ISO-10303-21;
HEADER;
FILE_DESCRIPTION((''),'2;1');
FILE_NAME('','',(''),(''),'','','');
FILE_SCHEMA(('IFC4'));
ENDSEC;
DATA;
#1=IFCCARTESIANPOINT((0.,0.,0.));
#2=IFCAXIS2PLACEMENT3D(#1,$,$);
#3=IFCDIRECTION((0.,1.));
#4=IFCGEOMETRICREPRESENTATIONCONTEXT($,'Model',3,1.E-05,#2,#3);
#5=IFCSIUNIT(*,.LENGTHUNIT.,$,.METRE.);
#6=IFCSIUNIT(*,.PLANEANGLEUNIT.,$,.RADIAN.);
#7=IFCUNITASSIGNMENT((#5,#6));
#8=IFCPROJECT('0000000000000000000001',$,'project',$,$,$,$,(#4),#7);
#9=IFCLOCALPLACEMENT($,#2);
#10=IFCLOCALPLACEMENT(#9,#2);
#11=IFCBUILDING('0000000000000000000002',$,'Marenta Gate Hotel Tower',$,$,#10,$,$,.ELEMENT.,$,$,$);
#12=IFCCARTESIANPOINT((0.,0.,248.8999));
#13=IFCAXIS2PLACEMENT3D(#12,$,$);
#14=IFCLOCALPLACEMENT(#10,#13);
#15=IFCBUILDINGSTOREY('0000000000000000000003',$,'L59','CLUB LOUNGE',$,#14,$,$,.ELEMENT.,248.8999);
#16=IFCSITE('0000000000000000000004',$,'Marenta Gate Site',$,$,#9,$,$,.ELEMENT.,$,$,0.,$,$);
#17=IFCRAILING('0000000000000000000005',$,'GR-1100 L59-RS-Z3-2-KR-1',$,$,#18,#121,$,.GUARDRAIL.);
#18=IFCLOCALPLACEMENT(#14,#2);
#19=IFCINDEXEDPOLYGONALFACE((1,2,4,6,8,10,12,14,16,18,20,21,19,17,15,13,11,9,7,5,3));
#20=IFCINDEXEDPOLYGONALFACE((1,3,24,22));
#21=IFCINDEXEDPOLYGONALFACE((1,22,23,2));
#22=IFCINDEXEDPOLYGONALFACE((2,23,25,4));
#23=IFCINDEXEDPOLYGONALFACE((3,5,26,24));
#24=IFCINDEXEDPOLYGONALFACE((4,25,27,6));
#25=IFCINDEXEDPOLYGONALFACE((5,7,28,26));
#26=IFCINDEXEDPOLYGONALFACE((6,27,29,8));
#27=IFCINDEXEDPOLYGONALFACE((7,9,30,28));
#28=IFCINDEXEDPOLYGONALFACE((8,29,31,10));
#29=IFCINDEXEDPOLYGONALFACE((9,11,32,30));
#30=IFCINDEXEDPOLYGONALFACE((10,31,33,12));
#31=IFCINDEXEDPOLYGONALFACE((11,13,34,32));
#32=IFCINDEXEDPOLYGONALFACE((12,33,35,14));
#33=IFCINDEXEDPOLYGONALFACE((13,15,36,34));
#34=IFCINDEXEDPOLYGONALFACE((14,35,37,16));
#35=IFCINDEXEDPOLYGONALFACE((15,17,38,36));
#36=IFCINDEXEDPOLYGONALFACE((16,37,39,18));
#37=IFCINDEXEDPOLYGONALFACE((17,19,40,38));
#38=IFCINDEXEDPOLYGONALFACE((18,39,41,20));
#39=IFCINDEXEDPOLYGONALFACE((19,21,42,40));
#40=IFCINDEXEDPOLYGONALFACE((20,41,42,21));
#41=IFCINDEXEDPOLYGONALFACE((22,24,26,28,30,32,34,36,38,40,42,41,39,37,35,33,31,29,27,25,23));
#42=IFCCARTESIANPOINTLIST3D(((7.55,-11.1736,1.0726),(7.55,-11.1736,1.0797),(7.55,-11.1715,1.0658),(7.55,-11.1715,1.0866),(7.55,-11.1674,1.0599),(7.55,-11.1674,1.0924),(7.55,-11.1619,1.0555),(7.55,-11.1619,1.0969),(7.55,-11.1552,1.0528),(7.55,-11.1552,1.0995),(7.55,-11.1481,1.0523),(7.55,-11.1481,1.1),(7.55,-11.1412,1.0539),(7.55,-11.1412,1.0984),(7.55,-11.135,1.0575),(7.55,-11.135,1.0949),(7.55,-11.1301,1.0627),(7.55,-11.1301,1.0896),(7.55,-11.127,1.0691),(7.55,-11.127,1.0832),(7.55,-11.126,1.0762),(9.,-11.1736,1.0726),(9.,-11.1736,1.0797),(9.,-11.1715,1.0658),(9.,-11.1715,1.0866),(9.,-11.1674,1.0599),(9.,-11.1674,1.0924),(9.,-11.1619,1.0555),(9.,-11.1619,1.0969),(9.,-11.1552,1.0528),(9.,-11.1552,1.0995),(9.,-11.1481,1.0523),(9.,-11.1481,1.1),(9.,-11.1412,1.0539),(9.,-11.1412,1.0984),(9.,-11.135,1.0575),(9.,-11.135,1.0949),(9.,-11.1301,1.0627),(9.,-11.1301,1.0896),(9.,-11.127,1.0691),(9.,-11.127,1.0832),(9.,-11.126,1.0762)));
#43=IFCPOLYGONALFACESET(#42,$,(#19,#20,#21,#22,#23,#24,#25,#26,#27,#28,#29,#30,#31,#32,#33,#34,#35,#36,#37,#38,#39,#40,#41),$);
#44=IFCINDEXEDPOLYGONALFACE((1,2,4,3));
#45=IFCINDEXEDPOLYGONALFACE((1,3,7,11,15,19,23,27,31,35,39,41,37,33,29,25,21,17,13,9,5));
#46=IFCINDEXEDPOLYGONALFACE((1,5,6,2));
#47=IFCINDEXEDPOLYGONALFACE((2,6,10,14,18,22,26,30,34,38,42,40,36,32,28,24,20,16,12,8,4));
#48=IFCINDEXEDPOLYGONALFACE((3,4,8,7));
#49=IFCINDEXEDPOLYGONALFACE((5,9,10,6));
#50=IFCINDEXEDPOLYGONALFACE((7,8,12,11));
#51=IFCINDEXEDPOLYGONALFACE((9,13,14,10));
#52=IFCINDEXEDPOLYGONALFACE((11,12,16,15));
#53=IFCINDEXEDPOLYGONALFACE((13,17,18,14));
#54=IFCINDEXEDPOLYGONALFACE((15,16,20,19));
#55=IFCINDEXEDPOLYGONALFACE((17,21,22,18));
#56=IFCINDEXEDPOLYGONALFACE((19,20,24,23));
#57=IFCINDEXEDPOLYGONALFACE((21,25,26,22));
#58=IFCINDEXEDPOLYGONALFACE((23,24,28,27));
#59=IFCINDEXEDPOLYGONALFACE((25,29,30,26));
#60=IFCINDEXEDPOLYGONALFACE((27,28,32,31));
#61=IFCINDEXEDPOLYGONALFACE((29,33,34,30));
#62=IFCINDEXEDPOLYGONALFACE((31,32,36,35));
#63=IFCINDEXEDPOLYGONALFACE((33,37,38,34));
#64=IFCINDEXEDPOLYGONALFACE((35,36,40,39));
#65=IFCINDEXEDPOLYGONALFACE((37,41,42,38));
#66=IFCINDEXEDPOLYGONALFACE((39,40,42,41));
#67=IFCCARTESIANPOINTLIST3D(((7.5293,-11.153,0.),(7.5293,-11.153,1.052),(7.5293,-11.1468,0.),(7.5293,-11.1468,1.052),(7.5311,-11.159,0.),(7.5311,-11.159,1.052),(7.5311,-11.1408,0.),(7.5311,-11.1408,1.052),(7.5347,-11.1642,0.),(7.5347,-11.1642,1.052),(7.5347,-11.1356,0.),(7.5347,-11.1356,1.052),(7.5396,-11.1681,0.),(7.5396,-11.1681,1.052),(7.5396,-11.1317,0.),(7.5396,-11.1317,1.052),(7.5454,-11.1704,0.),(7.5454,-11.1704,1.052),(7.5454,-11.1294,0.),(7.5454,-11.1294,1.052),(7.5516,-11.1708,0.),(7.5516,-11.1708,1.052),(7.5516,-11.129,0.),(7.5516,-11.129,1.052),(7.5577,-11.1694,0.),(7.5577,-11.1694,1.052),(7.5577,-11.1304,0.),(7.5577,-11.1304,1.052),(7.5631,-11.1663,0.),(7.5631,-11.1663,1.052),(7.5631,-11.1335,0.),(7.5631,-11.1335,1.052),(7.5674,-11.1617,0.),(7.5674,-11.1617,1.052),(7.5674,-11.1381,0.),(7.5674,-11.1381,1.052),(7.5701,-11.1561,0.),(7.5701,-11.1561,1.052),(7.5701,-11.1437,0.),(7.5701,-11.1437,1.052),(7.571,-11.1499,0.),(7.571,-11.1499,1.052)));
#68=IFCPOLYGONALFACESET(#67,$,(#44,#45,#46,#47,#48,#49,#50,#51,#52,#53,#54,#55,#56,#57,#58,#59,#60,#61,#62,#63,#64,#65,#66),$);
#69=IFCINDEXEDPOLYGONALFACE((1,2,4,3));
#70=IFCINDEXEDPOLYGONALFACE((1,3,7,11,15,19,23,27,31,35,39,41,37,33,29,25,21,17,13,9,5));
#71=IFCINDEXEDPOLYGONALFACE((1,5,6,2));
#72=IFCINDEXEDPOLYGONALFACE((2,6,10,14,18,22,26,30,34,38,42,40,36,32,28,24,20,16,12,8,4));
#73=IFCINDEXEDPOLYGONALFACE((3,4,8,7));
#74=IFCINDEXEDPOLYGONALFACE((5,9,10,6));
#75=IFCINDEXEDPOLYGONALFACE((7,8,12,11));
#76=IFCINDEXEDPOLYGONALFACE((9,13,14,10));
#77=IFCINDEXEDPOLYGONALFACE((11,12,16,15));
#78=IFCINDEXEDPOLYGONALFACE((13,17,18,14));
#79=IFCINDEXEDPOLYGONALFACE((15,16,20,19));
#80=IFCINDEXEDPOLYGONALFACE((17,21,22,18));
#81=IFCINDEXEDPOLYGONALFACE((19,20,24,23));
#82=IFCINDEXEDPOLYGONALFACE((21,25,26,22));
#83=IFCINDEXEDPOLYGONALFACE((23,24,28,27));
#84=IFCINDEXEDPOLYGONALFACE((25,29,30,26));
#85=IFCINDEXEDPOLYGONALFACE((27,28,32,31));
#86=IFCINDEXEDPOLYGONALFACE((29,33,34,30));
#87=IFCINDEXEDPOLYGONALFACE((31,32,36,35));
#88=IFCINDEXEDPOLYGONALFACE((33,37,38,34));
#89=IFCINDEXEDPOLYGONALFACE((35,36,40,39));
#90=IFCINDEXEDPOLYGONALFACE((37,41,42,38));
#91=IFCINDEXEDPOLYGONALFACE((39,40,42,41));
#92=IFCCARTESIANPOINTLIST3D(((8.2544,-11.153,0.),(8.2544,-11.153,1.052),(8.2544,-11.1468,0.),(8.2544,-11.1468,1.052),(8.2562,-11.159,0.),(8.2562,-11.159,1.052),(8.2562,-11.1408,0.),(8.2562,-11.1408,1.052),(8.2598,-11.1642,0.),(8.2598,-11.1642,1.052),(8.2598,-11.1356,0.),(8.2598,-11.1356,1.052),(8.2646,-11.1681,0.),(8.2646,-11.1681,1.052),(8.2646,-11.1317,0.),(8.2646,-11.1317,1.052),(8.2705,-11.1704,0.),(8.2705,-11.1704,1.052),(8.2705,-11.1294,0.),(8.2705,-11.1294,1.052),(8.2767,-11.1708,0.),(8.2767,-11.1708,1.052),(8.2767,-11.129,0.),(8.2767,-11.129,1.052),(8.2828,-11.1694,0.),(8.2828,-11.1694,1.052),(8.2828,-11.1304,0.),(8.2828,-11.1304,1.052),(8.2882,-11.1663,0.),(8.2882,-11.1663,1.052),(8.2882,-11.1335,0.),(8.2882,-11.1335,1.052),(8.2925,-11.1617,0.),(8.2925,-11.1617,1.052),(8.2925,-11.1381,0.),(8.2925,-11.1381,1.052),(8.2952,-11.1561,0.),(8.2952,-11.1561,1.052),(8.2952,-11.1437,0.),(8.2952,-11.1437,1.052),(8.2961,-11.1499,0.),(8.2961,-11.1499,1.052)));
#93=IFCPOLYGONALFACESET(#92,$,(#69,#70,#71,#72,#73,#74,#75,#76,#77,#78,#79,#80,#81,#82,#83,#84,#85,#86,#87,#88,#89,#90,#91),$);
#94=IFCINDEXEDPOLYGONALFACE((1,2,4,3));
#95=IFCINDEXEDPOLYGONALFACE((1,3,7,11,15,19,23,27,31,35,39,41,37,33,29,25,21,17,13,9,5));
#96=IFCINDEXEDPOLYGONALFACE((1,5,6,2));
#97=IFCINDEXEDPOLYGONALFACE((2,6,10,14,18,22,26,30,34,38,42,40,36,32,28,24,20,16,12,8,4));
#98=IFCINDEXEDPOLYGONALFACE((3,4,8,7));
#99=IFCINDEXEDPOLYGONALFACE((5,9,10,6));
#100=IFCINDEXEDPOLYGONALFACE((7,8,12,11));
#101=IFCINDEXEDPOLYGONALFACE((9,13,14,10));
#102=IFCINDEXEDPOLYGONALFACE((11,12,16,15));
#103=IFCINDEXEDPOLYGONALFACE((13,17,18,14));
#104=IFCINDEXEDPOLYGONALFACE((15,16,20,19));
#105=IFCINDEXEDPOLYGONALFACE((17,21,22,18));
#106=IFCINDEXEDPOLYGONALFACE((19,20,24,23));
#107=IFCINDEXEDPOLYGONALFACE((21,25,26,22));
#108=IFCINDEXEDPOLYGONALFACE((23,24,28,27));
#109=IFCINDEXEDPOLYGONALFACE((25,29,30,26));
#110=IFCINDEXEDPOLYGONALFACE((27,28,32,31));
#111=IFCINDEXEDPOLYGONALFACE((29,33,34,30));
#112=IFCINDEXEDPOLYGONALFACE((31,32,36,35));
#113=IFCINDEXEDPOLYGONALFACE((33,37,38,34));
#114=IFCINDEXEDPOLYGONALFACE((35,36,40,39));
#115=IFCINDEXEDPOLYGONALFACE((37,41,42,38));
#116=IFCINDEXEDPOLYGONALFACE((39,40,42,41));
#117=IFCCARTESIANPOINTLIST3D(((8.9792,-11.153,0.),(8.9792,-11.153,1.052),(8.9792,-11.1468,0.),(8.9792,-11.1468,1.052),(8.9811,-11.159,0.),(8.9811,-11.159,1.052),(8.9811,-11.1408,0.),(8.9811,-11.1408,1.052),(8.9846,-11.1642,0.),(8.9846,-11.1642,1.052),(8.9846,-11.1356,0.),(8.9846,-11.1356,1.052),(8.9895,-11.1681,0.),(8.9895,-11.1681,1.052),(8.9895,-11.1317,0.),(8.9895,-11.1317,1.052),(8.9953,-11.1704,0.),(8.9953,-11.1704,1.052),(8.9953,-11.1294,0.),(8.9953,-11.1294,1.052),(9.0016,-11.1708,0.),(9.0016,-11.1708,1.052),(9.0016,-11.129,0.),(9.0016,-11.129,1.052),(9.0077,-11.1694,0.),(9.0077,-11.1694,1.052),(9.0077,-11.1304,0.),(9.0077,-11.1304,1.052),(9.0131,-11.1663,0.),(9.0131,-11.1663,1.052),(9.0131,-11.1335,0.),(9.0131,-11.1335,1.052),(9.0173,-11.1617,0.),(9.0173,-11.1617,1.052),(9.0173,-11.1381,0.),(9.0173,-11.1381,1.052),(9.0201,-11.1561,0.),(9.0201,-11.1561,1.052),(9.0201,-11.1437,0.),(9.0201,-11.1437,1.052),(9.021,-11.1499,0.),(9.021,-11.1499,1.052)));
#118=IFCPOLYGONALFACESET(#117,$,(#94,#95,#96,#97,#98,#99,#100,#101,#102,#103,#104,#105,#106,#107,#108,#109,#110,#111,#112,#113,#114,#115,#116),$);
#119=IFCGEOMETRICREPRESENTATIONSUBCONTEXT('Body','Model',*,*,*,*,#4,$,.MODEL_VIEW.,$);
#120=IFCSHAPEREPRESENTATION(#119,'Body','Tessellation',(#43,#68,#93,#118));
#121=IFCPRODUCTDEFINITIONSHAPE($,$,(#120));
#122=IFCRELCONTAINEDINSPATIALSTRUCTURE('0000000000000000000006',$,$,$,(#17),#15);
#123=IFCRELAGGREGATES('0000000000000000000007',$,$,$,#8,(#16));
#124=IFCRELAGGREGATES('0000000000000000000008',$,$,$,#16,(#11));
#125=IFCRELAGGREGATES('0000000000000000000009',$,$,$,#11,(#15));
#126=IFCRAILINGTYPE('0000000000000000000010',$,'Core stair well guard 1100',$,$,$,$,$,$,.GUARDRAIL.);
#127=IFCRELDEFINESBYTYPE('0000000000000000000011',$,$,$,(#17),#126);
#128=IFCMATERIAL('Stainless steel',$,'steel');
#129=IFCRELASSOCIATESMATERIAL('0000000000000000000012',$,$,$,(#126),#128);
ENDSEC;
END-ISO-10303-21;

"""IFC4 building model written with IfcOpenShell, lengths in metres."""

from ifc_helpers import new_model, si_unit, direction, frame, origin, origin_2d, place, context, subcontext, project, spatial, circle, extrude, material, type_object, element, save


model = new_model("IFC4")

# Units and contexts
model_context = context("Model", 3, precision=1e-05, world=origin(), true_north=direction((0.0, 1.0)))
body_context = subcontext(model_context, "Body", "Model", "MODEL_VIEW")
ifc_project = project(units=[si_unit("LENGTHUNIT", "METRE"), si_unit("PLANEANGLEUNIT", "RADIAN")], contexts=[model_context])

# Site, building, storey
site_placement = place(None, origin())
site = spatial("IfcSite", under=ifc_project, at=site_placement, Name="Marenta Gate Site", CompositionType="ELEMENT", RefElevation=0.0)
building_placement = place(site_placement, origin())
building = spatial("IfcBuilding", under=site, at=building_placement, Name="Marenta Gate Hotel Tower", CompositionType="ELEMENT")
storey_placement = place(building_placement, frame((0.0, 0.0, 248.8999)))
storey = spatial("IfcBuildingStorey", under=building, at=storey_placement, Name="L59", Description="CLUB LOUNGE", CompositionType="ELEMENT", Elevation=248.8999)

# Railing
ifc_material_1 = material(Name="Stainless steel", Category="steel")
railing_type = type_object("IfcRailingType", Name="Core stair well guard 1100", PredefinedType="GUARDRAIL", material=ifc_material_1)
railing_placement = place(storey_placement, frame((7.55, -11.1499, 0.0)))
element("IfcRailing", 1, at=railing_placement, inside=storey, type_object=railing_type, Name="GR-1100 L59-RS-Z3-2-KR-1", PredefinedType="GUARDRAIL", context=body_context, shape_type="SweptSolid", body=[
    extrude(circle(Radius=0.0239, at=origin_2d()), frame((0.0, 0.0, 1.0762), z_axis=(1.0, 0.0, 0.0), x_axis=(0.0, 1.0, 0.0)), (0.0, 0.0, 1.0), 1.45),
    extrude(circle(Radius=0.021, at=origin_2d()), origin(), (0.0, 0.0, 1.0), 1.052),
    extrude(circle(Radius=0.021, at=origin_2d()), frame((0.7251, 0.0, 0.0)), (0.0, 0.0, 1.0), 1.052),
    extrude(circle(Radius=0.021, at=origin_2d()), frame((1.45, 0.0, 0.0)), (0.0, 0.0, 1.0), 1.052),
])

save(model, "model.ifc")
